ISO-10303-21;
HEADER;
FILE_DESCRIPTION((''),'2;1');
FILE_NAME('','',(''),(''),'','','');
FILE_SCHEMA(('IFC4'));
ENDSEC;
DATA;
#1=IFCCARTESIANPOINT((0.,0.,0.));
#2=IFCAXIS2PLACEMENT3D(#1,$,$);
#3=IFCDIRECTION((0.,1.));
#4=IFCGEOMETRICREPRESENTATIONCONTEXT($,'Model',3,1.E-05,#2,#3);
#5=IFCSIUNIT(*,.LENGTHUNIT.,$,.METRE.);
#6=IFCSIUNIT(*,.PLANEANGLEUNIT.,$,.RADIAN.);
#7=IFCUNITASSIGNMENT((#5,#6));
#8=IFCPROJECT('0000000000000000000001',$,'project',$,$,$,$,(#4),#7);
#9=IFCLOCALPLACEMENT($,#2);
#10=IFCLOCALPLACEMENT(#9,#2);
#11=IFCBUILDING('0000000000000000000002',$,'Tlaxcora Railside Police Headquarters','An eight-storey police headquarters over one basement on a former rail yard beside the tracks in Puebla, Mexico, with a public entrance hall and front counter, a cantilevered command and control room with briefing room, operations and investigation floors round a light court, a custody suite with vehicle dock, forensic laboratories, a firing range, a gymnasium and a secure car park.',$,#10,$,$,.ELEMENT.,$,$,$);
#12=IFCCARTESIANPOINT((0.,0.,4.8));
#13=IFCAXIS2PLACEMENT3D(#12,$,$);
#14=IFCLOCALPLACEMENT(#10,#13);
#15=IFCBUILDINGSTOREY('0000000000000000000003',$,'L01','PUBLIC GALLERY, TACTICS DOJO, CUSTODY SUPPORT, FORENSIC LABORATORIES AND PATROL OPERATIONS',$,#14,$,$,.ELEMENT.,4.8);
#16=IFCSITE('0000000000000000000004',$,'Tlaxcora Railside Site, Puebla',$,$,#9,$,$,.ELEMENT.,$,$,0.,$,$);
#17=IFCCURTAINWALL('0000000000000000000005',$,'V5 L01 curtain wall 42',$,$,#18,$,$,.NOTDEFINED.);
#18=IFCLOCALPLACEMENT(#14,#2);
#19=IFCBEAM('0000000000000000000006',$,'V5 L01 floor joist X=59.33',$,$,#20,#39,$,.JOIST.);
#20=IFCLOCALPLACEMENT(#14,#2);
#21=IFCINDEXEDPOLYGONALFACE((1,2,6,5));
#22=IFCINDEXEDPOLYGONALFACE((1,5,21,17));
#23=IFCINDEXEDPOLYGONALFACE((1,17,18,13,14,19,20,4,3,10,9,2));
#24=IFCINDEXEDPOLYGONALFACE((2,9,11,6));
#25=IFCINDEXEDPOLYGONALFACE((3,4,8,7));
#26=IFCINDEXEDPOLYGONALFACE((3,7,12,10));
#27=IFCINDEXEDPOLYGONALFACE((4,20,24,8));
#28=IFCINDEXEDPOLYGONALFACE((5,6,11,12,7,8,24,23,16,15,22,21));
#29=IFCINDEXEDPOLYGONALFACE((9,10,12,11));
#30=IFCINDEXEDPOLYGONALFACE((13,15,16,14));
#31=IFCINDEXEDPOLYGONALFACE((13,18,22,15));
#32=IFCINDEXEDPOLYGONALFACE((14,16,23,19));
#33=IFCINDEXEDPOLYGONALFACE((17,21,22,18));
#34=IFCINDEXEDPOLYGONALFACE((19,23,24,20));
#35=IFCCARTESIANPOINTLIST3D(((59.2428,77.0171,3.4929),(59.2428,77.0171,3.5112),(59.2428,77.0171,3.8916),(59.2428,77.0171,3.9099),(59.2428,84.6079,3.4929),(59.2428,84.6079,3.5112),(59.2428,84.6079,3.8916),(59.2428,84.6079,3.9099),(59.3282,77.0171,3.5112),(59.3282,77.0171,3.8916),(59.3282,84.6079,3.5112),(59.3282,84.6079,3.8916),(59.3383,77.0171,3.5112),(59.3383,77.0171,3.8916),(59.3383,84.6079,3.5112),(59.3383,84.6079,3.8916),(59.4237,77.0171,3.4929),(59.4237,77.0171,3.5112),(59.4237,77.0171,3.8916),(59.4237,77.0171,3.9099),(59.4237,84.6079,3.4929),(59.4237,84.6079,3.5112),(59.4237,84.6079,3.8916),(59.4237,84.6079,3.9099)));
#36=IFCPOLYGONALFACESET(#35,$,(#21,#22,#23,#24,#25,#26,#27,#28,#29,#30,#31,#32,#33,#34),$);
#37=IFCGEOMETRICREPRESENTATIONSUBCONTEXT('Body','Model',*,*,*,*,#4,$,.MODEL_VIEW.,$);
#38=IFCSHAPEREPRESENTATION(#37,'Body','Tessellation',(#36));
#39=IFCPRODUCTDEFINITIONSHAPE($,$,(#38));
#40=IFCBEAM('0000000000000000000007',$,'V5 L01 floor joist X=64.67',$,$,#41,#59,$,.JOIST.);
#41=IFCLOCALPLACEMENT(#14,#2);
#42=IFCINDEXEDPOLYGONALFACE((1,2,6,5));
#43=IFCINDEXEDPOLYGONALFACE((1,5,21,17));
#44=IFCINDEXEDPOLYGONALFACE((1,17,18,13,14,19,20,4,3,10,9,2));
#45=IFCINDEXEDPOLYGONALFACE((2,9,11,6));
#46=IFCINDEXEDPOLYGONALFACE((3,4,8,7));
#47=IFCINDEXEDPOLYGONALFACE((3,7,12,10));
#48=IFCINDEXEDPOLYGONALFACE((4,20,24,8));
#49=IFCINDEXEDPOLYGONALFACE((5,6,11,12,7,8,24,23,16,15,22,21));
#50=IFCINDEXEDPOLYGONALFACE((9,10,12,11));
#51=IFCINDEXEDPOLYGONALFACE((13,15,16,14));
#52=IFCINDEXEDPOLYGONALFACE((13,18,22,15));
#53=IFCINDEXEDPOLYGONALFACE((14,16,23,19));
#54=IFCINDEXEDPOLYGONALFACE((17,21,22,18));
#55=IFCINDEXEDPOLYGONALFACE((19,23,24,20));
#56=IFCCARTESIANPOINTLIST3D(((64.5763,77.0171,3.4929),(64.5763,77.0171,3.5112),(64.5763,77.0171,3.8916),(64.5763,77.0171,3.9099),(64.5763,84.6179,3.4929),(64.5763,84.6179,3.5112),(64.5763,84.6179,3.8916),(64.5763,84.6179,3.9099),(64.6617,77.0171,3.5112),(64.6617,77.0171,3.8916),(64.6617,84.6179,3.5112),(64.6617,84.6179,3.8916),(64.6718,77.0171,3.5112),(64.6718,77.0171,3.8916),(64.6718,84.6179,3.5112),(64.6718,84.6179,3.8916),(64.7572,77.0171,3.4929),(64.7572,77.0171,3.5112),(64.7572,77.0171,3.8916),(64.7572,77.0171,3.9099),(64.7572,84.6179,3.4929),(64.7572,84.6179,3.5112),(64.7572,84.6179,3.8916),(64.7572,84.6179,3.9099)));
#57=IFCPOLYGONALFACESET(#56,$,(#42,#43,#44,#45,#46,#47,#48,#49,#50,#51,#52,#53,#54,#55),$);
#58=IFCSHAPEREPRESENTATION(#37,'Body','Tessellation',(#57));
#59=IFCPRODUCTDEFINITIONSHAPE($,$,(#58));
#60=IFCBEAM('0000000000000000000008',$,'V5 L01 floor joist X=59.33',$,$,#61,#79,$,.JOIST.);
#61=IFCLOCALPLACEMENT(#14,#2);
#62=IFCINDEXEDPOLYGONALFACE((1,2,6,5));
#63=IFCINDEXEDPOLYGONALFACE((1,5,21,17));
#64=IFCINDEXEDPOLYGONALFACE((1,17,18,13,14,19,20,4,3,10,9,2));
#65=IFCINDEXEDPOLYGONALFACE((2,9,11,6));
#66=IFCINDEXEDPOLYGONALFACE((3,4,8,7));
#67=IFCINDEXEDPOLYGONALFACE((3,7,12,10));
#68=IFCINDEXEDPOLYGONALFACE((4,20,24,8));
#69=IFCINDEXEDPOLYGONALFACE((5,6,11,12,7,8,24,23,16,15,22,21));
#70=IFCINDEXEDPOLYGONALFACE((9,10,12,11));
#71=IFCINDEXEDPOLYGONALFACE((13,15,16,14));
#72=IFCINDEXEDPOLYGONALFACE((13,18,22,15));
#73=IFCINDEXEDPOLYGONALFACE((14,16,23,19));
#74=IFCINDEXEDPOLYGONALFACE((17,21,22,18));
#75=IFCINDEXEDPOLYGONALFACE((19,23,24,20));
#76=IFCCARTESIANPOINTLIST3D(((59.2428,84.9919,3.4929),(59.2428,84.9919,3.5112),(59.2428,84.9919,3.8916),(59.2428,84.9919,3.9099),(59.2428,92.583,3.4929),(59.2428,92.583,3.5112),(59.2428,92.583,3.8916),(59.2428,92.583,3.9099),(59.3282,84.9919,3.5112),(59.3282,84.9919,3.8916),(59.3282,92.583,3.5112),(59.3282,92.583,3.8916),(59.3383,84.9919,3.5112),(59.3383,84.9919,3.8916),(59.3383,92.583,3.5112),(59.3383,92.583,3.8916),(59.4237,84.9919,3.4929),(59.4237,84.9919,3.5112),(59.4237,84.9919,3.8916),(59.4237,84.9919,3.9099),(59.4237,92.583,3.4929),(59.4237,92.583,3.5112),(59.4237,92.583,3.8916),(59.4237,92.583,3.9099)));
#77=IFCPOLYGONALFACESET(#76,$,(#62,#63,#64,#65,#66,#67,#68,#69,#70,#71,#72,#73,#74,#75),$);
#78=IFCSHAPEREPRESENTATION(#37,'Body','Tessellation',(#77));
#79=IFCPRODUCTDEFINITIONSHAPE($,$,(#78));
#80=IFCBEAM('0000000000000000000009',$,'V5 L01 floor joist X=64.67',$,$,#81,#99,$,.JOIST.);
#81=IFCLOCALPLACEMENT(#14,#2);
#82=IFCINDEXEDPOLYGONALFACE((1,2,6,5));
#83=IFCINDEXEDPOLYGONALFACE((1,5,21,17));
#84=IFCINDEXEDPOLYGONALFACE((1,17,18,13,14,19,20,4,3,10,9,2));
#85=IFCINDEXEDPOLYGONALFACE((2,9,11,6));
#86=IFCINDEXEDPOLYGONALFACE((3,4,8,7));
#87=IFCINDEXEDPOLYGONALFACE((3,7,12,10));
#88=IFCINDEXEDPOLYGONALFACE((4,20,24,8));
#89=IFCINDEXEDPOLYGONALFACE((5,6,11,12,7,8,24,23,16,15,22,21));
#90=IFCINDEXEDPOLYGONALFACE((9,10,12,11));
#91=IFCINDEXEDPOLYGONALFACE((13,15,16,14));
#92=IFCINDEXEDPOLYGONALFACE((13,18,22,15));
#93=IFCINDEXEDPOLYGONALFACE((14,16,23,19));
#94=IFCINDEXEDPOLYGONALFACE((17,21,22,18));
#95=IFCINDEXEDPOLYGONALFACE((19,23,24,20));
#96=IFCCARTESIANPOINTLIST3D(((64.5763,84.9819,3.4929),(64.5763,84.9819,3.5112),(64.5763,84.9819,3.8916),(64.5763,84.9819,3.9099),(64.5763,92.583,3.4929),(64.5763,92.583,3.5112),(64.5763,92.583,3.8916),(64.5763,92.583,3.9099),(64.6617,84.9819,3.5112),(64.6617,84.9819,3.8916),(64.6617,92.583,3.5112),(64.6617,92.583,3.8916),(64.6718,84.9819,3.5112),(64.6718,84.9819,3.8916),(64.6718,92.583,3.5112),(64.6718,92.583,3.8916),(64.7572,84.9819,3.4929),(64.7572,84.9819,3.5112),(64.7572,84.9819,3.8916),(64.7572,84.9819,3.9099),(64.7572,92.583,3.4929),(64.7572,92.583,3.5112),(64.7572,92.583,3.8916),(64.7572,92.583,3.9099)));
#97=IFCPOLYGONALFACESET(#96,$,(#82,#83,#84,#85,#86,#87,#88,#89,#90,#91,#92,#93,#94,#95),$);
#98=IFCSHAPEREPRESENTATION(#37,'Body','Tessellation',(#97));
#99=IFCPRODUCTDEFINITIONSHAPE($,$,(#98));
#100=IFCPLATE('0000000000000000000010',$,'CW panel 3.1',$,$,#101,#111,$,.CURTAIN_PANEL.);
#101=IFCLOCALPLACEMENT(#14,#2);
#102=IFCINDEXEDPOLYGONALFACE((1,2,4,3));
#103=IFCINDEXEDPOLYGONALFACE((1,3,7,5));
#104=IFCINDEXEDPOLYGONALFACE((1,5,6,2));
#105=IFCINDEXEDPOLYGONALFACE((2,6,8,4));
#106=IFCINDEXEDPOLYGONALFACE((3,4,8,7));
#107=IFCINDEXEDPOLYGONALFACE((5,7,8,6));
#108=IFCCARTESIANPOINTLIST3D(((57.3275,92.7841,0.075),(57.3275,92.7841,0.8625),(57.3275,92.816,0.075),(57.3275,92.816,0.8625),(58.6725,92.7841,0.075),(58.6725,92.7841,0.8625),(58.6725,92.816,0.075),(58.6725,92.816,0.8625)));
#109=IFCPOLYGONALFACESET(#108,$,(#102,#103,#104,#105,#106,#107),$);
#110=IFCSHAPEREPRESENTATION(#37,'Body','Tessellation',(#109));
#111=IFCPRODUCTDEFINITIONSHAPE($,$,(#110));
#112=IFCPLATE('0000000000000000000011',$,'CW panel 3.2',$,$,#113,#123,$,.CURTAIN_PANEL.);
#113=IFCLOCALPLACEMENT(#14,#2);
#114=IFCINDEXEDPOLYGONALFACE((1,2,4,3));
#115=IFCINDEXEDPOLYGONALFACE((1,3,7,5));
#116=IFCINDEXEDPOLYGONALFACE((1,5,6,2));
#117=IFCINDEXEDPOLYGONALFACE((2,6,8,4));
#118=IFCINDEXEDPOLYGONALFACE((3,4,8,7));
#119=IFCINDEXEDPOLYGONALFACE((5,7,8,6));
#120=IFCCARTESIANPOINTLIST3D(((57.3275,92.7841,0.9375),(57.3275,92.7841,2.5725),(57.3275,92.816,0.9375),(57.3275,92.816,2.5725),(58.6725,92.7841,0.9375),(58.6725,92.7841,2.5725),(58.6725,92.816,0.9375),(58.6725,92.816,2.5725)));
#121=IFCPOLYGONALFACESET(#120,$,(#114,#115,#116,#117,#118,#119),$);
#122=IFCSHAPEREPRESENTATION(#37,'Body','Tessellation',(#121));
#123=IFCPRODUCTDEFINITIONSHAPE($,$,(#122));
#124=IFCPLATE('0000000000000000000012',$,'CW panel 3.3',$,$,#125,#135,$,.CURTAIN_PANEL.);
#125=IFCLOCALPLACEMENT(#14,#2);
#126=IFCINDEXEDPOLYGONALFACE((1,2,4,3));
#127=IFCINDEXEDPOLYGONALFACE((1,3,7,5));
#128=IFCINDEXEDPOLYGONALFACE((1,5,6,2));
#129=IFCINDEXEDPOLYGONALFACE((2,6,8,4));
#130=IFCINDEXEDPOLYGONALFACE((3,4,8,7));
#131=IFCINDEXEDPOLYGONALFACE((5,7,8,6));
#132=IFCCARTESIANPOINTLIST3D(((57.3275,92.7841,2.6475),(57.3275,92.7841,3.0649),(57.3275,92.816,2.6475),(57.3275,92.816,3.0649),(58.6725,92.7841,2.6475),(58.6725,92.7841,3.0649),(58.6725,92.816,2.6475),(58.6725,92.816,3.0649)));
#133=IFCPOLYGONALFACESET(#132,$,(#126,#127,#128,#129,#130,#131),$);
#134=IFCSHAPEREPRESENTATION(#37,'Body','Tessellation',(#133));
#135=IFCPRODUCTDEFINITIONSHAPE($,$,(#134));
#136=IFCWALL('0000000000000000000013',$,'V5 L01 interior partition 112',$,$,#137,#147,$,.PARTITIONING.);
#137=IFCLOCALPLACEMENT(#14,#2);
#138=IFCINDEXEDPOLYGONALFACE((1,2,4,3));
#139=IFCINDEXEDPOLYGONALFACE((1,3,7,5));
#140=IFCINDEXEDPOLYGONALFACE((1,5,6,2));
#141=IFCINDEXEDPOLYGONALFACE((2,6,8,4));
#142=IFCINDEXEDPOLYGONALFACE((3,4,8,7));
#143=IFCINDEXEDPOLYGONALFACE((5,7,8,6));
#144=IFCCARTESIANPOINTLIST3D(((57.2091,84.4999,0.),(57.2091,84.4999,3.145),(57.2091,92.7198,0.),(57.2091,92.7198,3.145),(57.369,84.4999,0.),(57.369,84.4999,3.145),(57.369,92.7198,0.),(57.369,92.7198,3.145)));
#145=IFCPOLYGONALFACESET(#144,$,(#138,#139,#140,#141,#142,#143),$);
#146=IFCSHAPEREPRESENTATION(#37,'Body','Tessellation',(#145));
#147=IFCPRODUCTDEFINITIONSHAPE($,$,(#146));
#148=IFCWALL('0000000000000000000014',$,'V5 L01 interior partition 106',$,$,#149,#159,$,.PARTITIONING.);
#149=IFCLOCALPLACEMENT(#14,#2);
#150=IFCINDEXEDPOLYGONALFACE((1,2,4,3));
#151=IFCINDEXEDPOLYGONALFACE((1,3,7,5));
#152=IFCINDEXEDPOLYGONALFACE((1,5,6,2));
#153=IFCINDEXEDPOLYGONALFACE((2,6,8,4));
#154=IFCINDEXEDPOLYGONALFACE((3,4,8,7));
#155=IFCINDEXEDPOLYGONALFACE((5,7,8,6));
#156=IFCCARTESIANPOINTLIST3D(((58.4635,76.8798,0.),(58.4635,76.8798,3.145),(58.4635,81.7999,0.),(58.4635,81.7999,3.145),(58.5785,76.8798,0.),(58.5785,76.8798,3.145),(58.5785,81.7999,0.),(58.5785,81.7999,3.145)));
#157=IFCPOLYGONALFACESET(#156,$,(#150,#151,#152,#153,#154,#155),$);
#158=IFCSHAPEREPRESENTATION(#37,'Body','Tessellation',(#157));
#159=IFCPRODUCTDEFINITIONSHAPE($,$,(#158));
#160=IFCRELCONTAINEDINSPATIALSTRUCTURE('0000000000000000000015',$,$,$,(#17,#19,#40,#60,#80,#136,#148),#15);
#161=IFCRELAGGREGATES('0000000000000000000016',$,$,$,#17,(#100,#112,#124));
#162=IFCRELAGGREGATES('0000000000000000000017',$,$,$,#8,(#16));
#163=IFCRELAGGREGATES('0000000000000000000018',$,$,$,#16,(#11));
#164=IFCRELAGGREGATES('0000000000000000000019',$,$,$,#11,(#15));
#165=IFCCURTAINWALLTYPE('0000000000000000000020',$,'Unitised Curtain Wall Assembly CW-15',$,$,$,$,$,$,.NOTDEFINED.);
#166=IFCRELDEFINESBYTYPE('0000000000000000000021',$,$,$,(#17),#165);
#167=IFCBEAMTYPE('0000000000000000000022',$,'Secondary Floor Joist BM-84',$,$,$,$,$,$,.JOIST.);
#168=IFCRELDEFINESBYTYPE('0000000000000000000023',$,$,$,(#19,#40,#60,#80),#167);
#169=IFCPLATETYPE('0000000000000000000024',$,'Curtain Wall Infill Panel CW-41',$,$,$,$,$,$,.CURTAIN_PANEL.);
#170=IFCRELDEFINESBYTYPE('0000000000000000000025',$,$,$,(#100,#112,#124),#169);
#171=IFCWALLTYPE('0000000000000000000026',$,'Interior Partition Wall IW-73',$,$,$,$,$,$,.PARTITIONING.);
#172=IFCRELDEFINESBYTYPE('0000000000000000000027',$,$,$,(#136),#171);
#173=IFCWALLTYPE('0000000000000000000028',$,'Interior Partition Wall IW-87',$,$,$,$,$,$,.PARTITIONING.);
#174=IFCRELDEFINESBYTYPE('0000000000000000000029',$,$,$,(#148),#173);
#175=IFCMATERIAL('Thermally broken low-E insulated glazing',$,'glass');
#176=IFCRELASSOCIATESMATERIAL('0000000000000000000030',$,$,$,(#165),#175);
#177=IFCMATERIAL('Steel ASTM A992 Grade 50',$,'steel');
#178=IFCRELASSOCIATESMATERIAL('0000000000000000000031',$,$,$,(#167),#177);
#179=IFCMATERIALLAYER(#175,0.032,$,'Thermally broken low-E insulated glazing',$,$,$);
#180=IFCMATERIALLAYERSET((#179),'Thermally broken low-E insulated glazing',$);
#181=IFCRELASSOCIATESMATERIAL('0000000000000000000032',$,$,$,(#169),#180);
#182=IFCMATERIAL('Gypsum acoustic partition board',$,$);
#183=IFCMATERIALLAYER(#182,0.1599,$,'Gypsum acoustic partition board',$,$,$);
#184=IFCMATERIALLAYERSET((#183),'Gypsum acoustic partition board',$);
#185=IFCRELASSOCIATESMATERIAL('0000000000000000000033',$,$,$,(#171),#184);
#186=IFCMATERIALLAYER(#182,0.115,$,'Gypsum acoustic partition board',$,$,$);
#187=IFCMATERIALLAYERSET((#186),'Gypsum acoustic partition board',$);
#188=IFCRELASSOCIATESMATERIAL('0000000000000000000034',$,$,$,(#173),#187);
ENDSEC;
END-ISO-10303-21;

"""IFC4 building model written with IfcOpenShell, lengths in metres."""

from ifc_helpers import new_model, si_unit, direction, frame, frame_2d, origin, origin_2d, place, context, subcontext, project, spatial, rectangle, i_section, extrude, material, layer, layer_set, material_profile, profile_set, type_object, element, aggregate, save


model = new_model("IFC4")

# Units and contexts
model_context = context("Model", 3, precision=1e-05, world=origin(), true_north=direction((0.0, 1.0)))
body_context = subcontext(model_context, "Body", "Model", "MODEL_VIEW")
ifc_project = project(units=[si_unit("LENGTHUNIT", "METRE"), si_unit("PLANEANGLEUNIT", "RADIAN")], contexts=[model_context])

# Site, building, storey
site_placement = place(None, origin())
site = spatial("IfcSite", under=ifc_project, at=site_placement, Name="Tlaxcora Railside Site, Puebla", CompositionType="ELEMENT", RefElevation=0.0)
building_placement = place(site_placement, origin())
building = spatial("IfcBuilding", under=site, at=building_placement, Name="Tlaxcora Railside Police Headquarters", Description="An eight-storey police headquarters over one basement on a former rail yard beside the tracks in Puebla, Mexico, with a public entrance hall and front counter, a cantilevered command and control room with briefing room, operations and investigation floors round a light court, a custody suite with vehicle dock, forensic laboratories, a firing range, a gymnasium and a secure car park.", CompositionType="ELEMENT")
storey_placement = place(building_placement, frame((0.0, 0.0, 4.8)))
storey = spatial("IfcBuildingStorey", under=building, at=storey_placement, Name="L01", Description="PUBLIC GALLERY, TACTICS DOJO, CUSTODY SUPPORT, FORENSIC LABORATORIES AND PATROL OPERATIONS", CompositionType="ELEMENT", Elevation=4.8)

# Curtain wall
ifc_material_1 = material(Name="Thermally broken low-E insulated glazing", Category="glass")
curtain_wall_type_1 = type_object("IfcCurtainWallType", Name="Unitised Curtain Wall Assembly CW-15", PredefinedType="NOTDEFINED", material=ifc_material_1)
curtain_wall_1_placement = place(storey_placement, origin())
curtain_wall_1 = element("IfcCurtainWall", 1, at=curtain_wall_1_placement, inside=storey, type_object=curtain_wall_type_1, Name="V5 L01 curtain wall 42", PredefinedType="NOTDEFINED")

# Beams
ifc_material_2 = material(Name="Steel ASTM A992 Grade 50", Category="steel")
ifc_material_profile_1 = material_profile(ifc_material_2, i_section(OverallWidth=0.1809, OverallDepth=0.417, WebThickness=0.01, FlangeThickness=0.0183, at=origin_2d()), Name="W16X57")
ifc_profile_set_1 = profile_set([ifc_material_profile_1], Name="Steel ASTM A992 Grade 50")
beam_type_1 = type_object("IfcBeamType", Name="Secondary Floor Joist BM-84", PredefinedType="JOIST", material=ifc_profile_set_1)
beam_1_placement = place(storey_placement, frame((59.3333, 77.0171, 3.7014), z_axis=(0.0, 1.0, 0.0), x_axis=(-1.0, 0.0, 0.0)))
element("IfcBeam", 2, at=beam_1_placement, inside=storey, type_object=beam_type_1, Name="V5 L01 floor joist X=59.33", PredefinedType="JOIST", context=body_context, shape_type="SweptSolid", body=[
    extrude(i_section(OverallWidth=0.1809, OverallDepth=0.417, WebThickness=0.01, FlangeThickness=0.0183, at=origin_2d()), origin(), (0.0, 0.0, 1.0), 7.5908),
])
beam_2_placement = place(storey_placement, frame((64.6667, 77.0171, 3.7014), z_axis=(0.0, 1.0, 0.0), x_axis=(-1.0, 0.0, 0.0)))
element("IfcBeam", 3, at=beam_2_placement, inside=storey, type_object=beam_type_1, Name="V5 L01 floor joist X=64.67", PredefinedType="JOIST", context=body_context, shape_type="SweptSolid", body=[
    extrude(i_section(OverallWidth=0.1809, OverallDepth=0.417, WebThickness=0.01, FlangeThickness=0.0183, at=origin_2d()), origin(), (0.0, 0.0, 1.0), 7.6008),
])
beam_3_placement = place(storey_placement, frame((59.3333, 84.9919, 3.7014), z_axis=(0.0, 1.0, 0.0), x_axis=(-1.0, 0.0, 0.0)))
element("IfcBeam", 4, at=beam_3_placement, inside=storey, type_object=beam_type_1, Name="V5 L01 floor joist X=59.33", PredefinedType="JOIST", context=body_context, shape_type="SweptSolid", body=[
    extrude(i_section(OverallWidth=0.1809, OverallDepth=0.417, WebThickness=0.01, FlangeThickness=0.0183, at=origin_2d()), origin(), (0.0, 0.0, 1.0), 7.5911),
])
beam_4_placement = place(storey_placement, frame((64.6667, 84.9819, 3.7014), z_axis=(0.0, 1.0, 0.0), x_axis=(-1.0, 0.0, 0.0)))
element("IfcBeam", 5, at=beam_4_placement, inside=storey, type_object=beam_type_1, Name="V5 L01 floor joist X=64.67", PredefinedType="JOIST", context=body_context, shape_type="SweptSolid", body=[
    extrude(i_section(OverallWidth=0.1809, OverallDepth=0.417, WebThickness=0.01, FlangeThickness=0.0183, at=origin_2d()), origin(), (0.0, 0.0, 1.0), 7.6011),
])

# Plates
ifc_layer_1 = layer(ifc_material_1, 0.032, Name="Thermally broken low-E insulated glazing")
ifc_layer_set_1 = layer_set([ifc_layer_1], Name="Thermally broken low-E insulated glazing")
plate_type = type_object("IfcPlateType", Name="Curtain Wall Infill Panel CW-41", PredefinedType="CURTAIN_PANEL", material=ifc_layer_set_1)
plate_1_placement = place(storey_placement, frame((58.0, 92.8, 0.075), z_axis=(0.0, 0.0, 1.0), x_axis=(-1.0, 0.0, 0.0)))
plate_1 = element("IfcPlate", 6, at=plate_1_placement, type_object=plate_type, Name="CW panel 3.1", PredefinedType="CURTAIN_PANEL", context=body_context, shape_type="SweptSolid", body=[
    extrude(rectangle(XDim=1.345, YDim=0.032, at=origin_2d()), origin(), (0.0, 0.0, 1.0), 0.7876),
])
plate_2_placement = place(storey_placement, frame((58.0, 92.8, 0.9375), z_axis=(0.0, 0.0, 1.0), x_axis=(-1.0, 0.0, 0.0)))
plate_2 = element("IfcPlate", 7, at=plate_2_placement, type_object=plate_type, Name="CW panel 3.2", PredefinedType="CURTAIN_PANEL", context=body_context, shape_type="SweptSolid", body=[
    extrude(rectangle(XDim=1.345, YDim=0.032, at=origin_2d()), origin(), (0.0, 0.0, 1.0), 1.635),
])
plate_3_placement = place(storey_placement, frame((58.0, 92.8, 2.6475), z_axis=(0.0, 0.0, 1.0), x_axis=(-1.0, 0.0, 0.0)))
plate_3 = element("IfcPlate", 8, at=plate_3_placement, type_object=plate_type, Name="CW panel 3.3", PredefinedType="CURTAIN_PANEL", context=body_context, shape_type="SweptSolid", body=[
    extrude(rectangle(XDim=1.345, YDim=0.032, at=origin_2d()), origin(), (0.0, 0.0, 1.0), 0.4175),
])
aggregate(curtain_wall_1, [plate_1, plate_2, plate_3])

# Walls
ifc_material_3 = material(Name="Gypsum acoustic partition board")
ifc_layer_2 = layer(ifc_material_3, 0.1599, Name="Gypsum acoustic partition board")
ifc_layer_set_2 = layer_set([ifc_layer_2], Name="Gypsum acoustic partition board")
wall_type_1 = type_object("IfcWallType", Name="Interior Partition Wall IW-73", PredefinedType="PARTITIONING", material=ifc_layer_set_2)
wall_1_placement = place(storey_placement, frame((57.2891, 84.5, 0.0), z_axis=(0.0, 0.0, 1.0), x_axis=(0.0, 1.0, 0.0)))
element("IfcWall", 9, at=wall_1_placement, inside=storey, type_object=wall_type_1, Name="V5 L01 interior partition 112", PredefinedType="PARTITIONING", context=body_context, shape_type="SweptSolid", body=[
    extrude(rectangle(XDim=8.22, YDim=0.1599, at=frame_2d((4.1099, 0.0))), origin(), (0.0, 0.0, 1.0), 3.145),
])
ifc_layer_3 = layer(ifc_material_3, 0.115, Name="Gypsum acoustic partition board")
ifc_layer_set_3 = layer_set([ifc_layer_3], Name="Gypsum acoustic partition board")
wall_type_2 = type_object("IfcWallType", Name="Interior Partition Wall IW-87", PredefinedType="PARTITIONING", material=ifc_layer_set_3)
wall_2_placement = place(storey_placement, frame((58.521, 76.8799, 0.0), z_axis=(0.0, 0.0, 1.0), x_axis=(0.0, 1.0, 0.0)))
element("IfcWall", 10, at=wall_2_placement, inside=storey, type_object=wall_type_2, Name="V5 L01 interior partition 106", PredefinedType="PARTITIONING", context=body_context, shape_type="SweptSolid", body=[
    extrude(rectangle(XDim=4.9202, YDim=0.115, at=frame_2d((2.46, 0.0))), origin(), (0.0, 0.0, 1.0), 3.145),
])

save(model, "model.ifc")
